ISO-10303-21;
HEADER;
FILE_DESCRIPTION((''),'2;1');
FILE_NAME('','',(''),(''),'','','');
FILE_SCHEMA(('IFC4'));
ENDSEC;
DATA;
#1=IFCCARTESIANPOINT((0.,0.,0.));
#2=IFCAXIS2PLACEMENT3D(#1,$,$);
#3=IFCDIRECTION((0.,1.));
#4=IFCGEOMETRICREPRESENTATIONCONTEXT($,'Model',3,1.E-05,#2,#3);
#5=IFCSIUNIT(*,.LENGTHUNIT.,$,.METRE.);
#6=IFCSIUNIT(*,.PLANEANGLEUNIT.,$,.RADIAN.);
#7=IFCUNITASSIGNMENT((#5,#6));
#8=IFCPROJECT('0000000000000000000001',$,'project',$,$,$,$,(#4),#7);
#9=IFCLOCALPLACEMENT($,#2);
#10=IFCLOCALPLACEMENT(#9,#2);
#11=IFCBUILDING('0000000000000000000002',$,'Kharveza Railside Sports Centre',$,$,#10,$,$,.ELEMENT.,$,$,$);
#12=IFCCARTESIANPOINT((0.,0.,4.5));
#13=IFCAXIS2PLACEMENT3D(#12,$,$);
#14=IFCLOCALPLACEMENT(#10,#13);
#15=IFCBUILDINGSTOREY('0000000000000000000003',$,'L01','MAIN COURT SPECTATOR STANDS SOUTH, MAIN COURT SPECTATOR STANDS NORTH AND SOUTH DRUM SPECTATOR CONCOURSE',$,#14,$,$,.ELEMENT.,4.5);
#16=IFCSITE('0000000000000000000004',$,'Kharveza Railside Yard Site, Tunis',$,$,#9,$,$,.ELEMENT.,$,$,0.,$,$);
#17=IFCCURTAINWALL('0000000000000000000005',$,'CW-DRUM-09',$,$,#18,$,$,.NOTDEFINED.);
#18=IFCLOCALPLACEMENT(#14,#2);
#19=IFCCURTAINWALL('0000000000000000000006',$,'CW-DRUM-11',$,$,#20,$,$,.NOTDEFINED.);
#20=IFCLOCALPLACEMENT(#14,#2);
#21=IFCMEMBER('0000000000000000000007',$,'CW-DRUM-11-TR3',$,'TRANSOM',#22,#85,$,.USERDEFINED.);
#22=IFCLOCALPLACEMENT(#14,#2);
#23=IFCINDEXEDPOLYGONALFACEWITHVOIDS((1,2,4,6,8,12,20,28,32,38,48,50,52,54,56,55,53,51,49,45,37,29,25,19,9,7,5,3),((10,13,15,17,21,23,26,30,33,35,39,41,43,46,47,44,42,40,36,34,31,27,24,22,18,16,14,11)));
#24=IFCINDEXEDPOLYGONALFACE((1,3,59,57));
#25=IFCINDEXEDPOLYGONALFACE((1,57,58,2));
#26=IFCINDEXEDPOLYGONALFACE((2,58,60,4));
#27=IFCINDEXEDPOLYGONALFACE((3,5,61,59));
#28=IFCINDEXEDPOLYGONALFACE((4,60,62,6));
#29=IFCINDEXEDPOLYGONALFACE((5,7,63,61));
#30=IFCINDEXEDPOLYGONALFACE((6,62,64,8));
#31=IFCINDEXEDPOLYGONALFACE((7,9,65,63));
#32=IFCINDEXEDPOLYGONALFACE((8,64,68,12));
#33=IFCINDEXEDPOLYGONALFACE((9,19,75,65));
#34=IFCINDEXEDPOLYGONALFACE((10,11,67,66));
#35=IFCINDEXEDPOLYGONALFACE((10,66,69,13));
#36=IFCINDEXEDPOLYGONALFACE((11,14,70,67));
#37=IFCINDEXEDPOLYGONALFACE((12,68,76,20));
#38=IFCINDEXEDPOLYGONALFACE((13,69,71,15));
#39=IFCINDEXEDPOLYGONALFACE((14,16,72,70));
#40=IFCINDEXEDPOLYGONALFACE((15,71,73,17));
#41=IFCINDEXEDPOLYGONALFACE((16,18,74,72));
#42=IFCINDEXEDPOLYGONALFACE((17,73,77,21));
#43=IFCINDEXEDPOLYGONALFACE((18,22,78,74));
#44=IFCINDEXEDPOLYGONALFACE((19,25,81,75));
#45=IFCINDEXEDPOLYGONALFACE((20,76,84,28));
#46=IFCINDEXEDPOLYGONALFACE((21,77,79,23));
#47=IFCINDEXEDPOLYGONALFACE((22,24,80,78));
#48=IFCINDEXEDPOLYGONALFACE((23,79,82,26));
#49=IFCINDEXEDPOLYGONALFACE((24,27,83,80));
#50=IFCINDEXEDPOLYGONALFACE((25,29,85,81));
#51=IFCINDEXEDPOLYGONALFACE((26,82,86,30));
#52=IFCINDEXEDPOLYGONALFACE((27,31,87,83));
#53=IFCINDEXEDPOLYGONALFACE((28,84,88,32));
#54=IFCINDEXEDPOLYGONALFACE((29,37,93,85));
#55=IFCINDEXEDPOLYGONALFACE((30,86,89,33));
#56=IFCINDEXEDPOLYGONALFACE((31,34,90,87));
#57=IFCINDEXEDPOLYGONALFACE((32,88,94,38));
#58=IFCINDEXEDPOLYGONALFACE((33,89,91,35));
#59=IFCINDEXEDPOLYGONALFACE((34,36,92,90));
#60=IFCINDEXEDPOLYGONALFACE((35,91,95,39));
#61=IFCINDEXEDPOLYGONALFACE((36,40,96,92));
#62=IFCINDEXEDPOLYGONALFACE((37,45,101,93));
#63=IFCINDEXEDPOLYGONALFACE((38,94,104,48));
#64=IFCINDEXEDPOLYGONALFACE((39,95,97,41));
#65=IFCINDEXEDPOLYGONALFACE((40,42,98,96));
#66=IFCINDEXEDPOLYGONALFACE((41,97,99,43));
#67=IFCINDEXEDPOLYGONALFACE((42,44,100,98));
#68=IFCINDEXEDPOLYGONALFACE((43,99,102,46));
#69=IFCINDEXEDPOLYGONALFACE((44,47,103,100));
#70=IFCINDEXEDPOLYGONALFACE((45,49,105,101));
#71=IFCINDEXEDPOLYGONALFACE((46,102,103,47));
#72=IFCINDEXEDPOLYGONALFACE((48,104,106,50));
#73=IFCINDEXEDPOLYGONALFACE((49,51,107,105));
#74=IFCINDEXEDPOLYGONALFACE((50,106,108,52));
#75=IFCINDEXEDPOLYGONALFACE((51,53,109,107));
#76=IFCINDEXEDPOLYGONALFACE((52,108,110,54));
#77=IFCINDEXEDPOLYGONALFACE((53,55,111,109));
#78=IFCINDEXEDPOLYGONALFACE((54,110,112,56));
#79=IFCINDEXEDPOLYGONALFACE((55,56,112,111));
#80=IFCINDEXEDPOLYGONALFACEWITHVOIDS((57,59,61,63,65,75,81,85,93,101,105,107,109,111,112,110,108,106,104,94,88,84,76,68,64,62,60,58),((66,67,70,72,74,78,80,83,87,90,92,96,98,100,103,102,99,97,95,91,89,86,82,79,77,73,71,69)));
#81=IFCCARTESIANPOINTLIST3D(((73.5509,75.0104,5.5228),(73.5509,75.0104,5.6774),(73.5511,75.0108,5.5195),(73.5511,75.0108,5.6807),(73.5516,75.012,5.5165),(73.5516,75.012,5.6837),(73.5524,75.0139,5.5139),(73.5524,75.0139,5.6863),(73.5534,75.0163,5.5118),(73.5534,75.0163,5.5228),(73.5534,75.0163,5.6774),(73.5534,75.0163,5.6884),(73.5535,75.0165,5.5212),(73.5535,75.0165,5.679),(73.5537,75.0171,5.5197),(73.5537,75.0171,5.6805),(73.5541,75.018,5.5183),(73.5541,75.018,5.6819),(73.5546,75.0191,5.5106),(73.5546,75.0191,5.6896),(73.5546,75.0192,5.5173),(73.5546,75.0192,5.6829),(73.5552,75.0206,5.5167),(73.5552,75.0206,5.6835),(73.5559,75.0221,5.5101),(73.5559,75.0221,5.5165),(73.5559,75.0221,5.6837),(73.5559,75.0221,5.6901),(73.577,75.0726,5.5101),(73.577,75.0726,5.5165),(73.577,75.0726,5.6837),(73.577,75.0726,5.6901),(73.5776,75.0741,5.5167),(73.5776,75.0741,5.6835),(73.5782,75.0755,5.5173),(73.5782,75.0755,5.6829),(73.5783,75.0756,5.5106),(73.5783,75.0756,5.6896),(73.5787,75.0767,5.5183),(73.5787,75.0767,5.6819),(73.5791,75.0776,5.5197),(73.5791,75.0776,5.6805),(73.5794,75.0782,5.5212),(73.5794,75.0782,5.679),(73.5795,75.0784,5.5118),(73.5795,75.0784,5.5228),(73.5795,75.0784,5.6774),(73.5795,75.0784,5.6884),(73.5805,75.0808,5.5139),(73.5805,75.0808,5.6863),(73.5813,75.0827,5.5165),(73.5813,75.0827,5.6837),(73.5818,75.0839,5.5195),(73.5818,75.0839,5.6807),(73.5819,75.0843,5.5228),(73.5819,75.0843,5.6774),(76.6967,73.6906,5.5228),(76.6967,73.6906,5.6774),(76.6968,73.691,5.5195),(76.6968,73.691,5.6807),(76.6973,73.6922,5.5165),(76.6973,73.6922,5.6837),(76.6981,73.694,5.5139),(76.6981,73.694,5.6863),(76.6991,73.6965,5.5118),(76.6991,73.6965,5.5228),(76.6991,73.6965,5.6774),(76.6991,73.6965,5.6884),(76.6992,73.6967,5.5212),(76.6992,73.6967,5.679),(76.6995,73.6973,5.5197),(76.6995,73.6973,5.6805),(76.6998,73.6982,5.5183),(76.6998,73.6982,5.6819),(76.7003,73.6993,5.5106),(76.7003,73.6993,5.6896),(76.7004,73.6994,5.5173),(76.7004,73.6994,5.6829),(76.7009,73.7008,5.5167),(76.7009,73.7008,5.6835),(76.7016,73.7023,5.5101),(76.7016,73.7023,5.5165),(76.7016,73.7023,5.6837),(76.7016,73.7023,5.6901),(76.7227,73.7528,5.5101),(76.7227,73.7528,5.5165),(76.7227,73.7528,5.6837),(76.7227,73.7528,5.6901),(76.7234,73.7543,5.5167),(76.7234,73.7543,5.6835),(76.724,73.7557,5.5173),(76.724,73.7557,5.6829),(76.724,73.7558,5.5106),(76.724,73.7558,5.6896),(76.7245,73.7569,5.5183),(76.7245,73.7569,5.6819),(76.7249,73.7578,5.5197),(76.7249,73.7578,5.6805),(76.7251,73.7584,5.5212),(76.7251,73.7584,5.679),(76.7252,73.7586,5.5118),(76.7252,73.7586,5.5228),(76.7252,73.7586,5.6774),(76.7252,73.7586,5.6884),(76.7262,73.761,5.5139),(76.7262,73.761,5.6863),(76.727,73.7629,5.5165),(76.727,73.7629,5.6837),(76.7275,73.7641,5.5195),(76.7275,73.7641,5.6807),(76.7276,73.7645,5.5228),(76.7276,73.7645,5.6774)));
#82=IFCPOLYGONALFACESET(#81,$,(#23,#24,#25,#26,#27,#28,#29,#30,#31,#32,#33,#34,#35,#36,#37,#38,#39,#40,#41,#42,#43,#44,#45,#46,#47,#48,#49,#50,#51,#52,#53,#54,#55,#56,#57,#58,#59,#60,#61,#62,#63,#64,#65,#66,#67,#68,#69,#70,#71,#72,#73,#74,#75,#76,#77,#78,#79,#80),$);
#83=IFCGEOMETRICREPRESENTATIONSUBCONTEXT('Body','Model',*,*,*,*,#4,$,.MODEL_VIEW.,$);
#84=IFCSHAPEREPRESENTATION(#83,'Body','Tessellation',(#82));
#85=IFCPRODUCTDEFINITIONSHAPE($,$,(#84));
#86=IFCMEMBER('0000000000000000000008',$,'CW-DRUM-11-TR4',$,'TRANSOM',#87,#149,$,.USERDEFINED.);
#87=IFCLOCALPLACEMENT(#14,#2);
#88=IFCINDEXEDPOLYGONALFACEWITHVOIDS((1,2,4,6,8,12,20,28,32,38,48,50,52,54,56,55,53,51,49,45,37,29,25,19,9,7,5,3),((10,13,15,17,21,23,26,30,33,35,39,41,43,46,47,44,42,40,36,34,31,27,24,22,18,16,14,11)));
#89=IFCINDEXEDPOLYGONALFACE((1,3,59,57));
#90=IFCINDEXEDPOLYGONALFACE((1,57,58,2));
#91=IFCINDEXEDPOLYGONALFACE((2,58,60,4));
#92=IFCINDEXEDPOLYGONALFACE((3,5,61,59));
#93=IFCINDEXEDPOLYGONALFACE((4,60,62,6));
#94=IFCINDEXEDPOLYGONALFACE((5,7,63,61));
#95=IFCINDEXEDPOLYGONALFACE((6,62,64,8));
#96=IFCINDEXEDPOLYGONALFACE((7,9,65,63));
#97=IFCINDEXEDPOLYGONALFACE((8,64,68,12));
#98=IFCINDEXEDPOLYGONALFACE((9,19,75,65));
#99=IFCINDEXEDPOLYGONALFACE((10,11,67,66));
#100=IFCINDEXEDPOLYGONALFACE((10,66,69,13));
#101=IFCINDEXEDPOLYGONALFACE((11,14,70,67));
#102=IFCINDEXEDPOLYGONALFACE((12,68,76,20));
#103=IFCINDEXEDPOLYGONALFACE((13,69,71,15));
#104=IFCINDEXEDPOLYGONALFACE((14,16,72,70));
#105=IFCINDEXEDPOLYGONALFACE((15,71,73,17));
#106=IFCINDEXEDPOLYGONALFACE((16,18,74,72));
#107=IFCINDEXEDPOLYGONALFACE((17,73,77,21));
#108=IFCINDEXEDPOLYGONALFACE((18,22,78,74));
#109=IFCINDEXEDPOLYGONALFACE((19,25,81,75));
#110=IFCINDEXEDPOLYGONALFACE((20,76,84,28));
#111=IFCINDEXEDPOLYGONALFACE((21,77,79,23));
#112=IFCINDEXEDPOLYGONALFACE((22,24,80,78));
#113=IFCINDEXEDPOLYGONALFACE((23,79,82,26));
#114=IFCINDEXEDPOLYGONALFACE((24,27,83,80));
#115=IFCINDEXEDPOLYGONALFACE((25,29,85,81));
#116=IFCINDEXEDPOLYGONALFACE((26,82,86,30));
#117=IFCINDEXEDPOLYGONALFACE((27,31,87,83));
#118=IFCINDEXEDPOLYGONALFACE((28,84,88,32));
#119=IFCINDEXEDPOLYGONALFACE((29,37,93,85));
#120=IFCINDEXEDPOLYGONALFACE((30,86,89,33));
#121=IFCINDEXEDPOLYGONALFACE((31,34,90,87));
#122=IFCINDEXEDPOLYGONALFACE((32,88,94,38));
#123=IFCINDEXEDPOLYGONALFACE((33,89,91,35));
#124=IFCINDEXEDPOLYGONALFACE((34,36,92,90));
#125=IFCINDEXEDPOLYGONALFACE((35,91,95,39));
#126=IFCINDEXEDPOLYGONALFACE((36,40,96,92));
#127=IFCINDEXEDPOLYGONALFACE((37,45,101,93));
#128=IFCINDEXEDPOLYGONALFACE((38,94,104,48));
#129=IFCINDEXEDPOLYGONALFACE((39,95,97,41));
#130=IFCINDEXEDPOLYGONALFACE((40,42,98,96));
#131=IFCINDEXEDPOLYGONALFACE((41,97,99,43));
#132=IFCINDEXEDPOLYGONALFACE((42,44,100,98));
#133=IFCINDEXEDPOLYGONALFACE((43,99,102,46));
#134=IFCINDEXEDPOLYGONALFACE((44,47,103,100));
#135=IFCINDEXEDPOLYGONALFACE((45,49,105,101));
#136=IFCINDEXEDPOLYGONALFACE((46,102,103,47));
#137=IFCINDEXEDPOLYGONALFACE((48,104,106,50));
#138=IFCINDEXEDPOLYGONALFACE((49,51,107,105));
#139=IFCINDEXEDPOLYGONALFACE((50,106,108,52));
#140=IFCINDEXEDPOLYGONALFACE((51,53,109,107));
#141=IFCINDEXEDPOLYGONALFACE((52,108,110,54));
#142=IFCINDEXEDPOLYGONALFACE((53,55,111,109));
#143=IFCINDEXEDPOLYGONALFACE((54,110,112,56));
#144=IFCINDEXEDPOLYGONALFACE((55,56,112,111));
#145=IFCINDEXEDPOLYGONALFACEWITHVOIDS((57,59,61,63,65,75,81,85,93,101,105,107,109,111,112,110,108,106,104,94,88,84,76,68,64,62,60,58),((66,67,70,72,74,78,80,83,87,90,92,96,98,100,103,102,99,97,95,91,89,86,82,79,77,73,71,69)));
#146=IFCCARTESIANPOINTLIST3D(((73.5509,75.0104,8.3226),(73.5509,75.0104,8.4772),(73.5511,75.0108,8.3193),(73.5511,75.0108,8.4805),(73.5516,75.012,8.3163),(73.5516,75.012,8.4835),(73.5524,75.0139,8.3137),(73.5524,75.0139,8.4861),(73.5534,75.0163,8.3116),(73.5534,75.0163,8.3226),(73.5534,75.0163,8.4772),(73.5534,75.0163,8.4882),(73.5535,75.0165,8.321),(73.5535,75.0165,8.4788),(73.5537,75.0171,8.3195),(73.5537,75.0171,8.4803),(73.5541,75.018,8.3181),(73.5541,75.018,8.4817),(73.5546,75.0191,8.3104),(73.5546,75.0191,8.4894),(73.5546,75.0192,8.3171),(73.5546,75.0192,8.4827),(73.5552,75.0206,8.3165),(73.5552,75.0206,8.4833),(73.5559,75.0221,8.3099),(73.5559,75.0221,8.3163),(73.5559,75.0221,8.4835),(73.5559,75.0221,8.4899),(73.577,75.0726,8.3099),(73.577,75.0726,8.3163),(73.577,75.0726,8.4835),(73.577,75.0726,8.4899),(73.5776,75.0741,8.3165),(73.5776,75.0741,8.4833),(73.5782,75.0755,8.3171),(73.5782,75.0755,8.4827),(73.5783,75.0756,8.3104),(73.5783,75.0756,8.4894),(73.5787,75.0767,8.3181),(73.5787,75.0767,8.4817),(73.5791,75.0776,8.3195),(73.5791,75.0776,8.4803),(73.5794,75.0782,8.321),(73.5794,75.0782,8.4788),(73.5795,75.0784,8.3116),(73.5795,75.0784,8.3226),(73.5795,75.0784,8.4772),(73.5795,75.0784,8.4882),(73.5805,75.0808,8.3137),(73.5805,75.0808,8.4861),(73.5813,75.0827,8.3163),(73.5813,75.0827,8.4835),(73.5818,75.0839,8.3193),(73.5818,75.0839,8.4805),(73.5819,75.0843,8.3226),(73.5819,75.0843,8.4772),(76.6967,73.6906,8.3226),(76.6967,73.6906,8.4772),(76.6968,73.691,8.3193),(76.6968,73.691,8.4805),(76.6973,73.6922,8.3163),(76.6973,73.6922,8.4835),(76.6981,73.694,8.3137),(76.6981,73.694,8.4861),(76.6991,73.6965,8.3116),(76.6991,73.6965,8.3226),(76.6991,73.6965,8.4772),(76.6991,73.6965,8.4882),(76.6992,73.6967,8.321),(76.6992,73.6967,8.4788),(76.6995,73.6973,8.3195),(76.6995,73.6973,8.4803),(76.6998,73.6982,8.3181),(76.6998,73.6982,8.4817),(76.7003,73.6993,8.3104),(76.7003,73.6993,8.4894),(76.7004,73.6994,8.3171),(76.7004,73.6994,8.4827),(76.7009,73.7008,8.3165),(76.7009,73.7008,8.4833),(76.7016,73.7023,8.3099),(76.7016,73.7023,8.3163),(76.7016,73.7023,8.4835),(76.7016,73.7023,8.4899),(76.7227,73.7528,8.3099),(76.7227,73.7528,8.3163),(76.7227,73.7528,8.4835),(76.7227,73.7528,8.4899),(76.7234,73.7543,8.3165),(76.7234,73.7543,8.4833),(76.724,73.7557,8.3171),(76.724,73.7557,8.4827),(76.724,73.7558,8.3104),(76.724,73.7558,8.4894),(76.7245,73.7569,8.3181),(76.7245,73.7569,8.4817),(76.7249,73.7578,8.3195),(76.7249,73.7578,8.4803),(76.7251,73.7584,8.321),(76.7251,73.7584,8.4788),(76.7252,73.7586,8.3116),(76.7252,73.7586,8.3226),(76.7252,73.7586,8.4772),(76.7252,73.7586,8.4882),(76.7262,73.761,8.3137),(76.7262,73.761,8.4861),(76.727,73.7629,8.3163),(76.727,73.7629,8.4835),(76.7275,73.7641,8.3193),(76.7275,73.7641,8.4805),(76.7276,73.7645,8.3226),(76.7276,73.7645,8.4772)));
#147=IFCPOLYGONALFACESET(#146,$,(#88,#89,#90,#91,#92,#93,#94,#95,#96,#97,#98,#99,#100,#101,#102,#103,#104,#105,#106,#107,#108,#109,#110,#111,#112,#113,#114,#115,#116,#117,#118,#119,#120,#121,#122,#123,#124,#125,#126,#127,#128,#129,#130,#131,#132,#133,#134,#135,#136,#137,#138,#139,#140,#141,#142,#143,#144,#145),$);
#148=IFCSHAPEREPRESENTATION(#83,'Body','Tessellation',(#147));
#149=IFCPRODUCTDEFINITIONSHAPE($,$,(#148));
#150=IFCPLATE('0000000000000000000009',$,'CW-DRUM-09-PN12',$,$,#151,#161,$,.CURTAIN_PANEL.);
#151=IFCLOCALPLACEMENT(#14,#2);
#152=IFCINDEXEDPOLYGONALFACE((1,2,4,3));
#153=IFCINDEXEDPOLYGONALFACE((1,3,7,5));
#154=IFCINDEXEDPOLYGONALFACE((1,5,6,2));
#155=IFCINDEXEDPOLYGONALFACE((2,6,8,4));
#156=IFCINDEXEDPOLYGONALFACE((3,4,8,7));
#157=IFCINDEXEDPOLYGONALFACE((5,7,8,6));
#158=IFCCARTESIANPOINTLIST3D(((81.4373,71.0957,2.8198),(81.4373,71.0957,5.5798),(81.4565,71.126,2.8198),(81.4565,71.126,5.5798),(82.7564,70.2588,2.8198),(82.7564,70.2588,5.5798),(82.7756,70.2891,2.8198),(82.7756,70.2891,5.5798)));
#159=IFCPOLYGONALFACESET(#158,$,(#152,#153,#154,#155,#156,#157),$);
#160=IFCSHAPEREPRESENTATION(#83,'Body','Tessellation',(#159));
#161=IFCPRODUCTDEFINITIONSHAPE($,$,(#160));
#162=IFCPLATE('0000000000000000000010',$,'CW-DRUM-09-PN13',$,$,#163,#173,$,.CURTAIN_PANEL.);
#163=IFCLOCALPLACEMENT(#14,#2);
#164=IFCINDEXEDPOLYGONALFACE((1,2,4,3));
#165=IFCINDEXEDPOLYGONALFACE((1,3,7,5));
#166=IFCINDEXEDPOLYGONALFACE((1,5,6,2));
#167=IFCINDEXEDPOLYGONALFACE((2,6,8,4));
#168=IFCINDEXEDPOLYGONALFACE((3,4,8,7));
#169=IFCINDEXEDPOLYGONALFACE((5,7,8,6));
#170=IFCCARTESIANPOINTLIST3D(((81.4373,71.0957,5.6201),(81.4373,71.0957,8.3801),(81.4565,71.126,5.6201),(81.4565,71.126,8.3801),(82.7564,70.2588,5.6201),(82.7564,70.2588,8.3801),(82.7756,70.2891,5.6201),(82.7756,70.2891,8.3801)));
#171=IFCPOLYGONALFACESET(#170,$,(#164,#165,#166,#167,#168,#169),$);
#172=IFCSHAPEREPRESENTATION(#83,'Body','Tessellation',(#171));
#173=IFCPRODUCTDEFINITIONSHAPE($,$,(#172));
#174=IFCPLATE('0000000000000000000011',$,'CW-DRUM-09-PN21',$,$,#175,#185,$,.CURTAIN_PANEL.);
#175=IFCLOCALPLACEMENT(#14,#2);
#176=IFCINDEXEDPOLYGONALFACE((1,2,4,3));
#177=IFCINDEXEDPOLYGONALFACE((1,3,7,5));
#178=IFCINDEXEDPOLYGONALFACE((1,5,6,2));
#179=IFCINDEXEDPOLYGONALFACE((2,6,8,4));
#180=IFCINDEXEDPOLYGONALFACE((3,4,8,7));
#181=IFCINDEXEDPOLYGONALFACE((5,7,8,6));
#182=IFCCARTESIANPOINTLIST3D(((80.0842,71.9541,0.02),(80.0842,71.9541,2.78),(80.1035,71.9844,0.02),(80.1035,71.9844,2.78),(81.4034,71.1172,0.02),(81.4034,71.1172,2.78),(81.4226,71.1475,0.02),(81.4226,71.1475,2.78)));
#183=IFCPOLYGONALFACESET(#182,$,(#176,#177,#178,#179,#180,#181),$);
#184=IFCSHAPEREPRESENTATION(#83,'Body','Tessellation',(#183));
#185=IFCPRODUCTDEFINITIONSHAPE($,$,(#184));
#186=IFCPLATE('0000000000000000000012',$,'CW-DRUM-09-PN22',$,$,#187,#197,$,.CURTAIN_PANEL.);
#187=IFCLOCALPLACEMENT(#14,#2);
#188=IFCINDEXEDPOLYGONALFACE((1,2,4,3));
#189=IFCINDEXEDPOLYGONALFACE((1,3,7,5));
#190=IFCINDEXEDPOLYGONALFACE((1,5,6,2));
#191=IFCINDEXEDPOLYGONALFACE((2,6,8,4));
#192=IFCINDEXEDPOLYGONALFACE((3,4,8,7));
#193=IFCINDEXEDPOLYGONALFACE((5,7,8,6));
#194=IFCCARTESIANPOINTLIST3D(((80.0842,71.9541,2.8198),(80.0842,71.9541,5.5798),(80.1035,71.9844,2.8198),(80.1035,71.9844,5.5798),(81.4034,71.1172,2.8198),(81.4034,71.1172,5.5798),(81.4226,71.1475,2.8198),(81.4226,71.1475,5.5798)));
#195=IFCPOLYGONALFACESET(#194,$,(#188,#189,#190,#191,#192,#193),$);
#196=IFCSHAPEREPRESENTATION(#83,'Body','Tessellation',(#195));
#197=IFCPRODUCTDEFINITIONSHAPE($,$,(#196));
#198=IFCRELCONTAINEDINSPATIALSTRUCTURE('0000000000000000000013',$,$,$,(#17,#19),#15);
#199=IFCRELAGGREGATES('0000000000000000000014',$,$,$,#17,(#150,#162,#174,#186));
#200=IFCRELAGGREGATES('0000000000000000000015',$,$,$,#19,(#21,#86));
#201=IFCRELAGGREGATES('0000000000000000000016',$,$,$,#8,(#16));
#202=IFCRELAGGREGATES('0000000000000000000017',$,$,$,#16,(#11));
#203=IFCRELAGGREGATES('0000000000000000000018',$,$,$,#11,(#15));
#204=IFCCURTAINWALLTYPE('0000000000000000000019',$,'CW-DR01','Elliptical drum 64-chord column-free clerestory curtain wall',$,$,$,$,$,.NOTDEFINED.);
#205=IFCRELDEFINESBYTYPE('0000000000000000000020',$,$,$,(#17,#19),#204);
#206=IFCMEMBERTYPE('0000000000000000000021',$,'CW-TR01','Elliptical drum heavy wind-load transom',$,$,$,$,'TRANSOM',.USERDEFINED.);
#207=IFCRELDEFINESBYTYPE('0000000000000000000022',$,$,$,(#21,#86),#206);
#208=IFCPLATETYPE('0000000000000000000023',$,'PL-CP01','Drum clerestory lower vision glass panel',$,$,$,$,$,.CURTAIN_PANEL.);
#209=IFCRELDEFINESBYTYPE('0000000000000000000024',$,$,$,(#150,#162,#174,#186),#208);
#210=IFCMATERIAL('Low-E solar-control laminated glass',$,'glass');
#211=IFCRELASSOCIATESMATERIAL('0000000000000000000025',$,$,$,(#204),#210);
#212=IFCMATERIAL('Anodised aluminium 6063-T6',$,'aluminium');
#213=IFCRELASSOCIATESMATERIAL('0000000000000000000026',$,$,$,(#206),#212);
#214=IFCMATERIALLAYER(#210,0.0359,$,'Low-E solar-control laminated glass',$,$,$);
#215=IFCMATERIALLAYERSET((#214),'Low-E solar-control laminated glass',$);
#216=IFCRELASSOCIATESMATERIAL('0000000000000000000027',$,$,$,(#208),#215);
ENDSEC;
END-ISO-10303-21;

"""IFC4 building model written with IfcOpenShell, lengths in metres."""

from ifc_helpers import new_model, si_unit, direction, frame, origin, origin_2d, place, context, subcontext, project, spatial, rectangle, hollow_rectangle, extrude, material, layer, layer_set, material_profile, profile_set, type_object, element, aggregate, save


model = new_model("IFC4")

# Units and contexts
model_context = context("Model", 3, precision=1e-05, world=origin(), true_north=direction((0.0, 1.0)))
body_context = subcontext(model_context, "Body", "Model", "MODEL_VIEW")
ifc_project = project(units=[si_unit("LENGTHUNIT", "METRE"), si_unit("PLANEANGLEUNIT", "RADIAN")], contexts=[model_context])

# Site, building, storey
site_placement = place(None, origin())
site = spatial("IfcSite", under=ifc_project, at=site_placement, Name="Kharveza Railside Yard Site, Tunis", CompositionType="ELEMENT", RefElevation=0.0)
building_placement = place(site_placement, origin())
building = spatial("IfcBuilding", under=site, at=building_placement, Name="Kharveza Railside Sports Centre", CompositionType="ELEMENT")
storey_placement = place(building_placement, frame((0.0, 0.0, 4.5)))
storey = spatial("IfcBuildingStorey", under=building, at=storey_placement, Name="L01", Description="MAIN COURT SPECTATOR STANDS SOUTH, MAIN COURT SPECTATOR STANDS NORTH AND SOUTH DRUM SPECTATOR CONCOURSE", CompositionType="ELEMENT", Elevation=4.5)

# Curtain wall
ifc_material_1 = material(Name="Low-E solar-control laminated glass", Category="glass")
curtain_wall_type = type_object("IfcCurtainWallType", Name="CW-DR01", Description="Elliptical drum 64-chord column-free clerestory curtain wall", PredefinedType="NOTDEFINED", material=ifc_material_1)
curtain_wall_1_placement = place(storey_placement, origin())
curtain_wall_1 = element("IfcCurtainWall", 1, at=curtain_wall_1_placement, inside=storey, type_object=curtain_wall_type, Name="CW-DRUM-09", PredefinedType="NOTDEFINED")
ifc_material_2 = material(Name="Anodised aluminium 6063-T6", Category="aluminium")

# Curtain wall
curtain_wall_2_placement = place(storey_placement, origin())
curtain_wall_2 = element("IfcCurtainWall", 2, at=curtain_wall_2_placement, inside=storey, type_object=curtain_wall_type, Name="CW-DRUM-11", PredefinedType="NOTDEFINED")

# Members
ifc_material_profile_1 = material_profile(ifc_material_2, hollow_rectangle(XDim=0.0801, YDim=0.1799, WallThickness=0.0063, InnerFilletRadius=0.0063, OuterFilletRadius=0.0127, at=origin_2d()), Name="RHS 80x180x6.3")
ifc_profile_set_1 = profile_set([ifc_material_profile_1], Name="Anodised aluminium 6063-T6")
member_type_1 = type_object("IfcMemberType", Name="CW-TR01", Description="Elliptical drum heavy wind-load transom", ElementType="TRANSOM", PredefinedType="USERDEFINED", material=ifc_profile_set_1)
member_1_placement = place(storey_placement, frame((76.7122, 73.7275, 5.6001), z_axis=(-0.922128, 0.386886, 0.0), x_axis=(-0.386886, -0.922128, 0.0)))
member_1 = element("IfcMember", 3, at=member_1_placement, type_object=member_type_1, Name="CW-DRUM-11-TR3", ObjectType="TRANSOM", PredefinedType="USERDEFINED", context=body_context, shape_type="SweptSolid", body=[
    extrude(hollow_rectangle(XDim=0.0801, YDim=0.1799, WallThickness=0.0063, InnerFilletRadius=0.0063, OuterFilletRadius=0.0127, at=origin_2d()), origin(), (0.0, 0.0, 1.0), 3.4114),
])
member_2_placement = place(storey_placement, frame((76.7122, 73.7275, 8.3999), z_axis=(-0.922128, 0.386886, 0.0), x_axis=(-0.386886, -0.922128, 0.0)))
member_2 = element("IfcMember", 4, at=member_2_placement, type_object=member_type_1, Name="CW-DRUM-11-TR4", ObjectType="TRANSOM", PredefinedType="USERDEFINED", context=body_context, shape_type="SweptSolid", body=[
    extrude(hollow_rectangle(XDim=0.0801, YDim=0.1799, WallThickness=0.0063, InnerFilletRadius=0.0063, OuterFilletRadius=0.0127, at=origin_2d()), origin(), (0.0, 0.0, 1.0), 3.4114),
])

# Plates
ifc_layer = layer(ifc_material_1, 0.0359, Name="Low-E solar-control laminated glass")
ifc_layer_set = layer_set([ifc_layer], Name="Low-E solar-control laminated glass")
plate_type = type_object("IfcPlateType", Name="PL-CP01", Description="Drum clerestory lower vision glass panel", PredefinedType="CURTAIN_PANEL", material=ifc_layer_set)
plate_1_placement = place(storey_placement, frame((82.1064, 70.6924, 2.8198), z_axis=(0.0, 0.0, 1.0), x_axis=(-0.844393, 0.535724, 0.0)))
plate_1 = element("IfcPlate", 5, at=plate_1_placement, type_object=plate_type, Name="CW-DRUM-09-PN12", PredefinedType="CURTAIN_PANEL", context=body_context, shape_type="SweptSolid", body=[
    extrude(rectangle(XDim=1.5623, YDim=0.0359, at=origin_2d()), origin(), (0.0, 0.0, 1.0), 2.76),
])
plate_2_placement = place(storey_placement, frame((82.1064, 70.6924, 5.6201), z_axis=(0.0, 0.0, 1.0), x_axis=(-0.844393, 0.535724, 0.0)))
plate_2 = element("IfcPlate", 6, at=plate_2_placement, type_object=plate_type, Name="CW-DRUM-09-PN13", PredefinedType="CURTAIN_PANEL", context=body_context, shape_type="SweptSolid", body=[
    extrude(rectangle(XDim=1.5623, YDim=0.0359, at=origin_2d()), origin(), (0.0, 0.0, 1.0), 2.76),
])
plate_3_placement = place(storey_placement, frame((80.7534, 71.5508, 0.02), z_axis=(0.0, 0.0, 1.0), x_axis=(-0.844393, 0.535724, 0.0)))
plate_3 = element("IfcPlate", 7, at=plate_3_placement, type_object=plate_type, Name="CW-DRUM-09-PN21", PredefinedType="CURTAIN_PANEL", context=body_context, shape_type="SweptSolid", body=[
    extrude(rectangle(XDim=1.5623, YDim=0.0359, at=origin_2d()), origin(), (0.0, 0.0, 1.0), 2.76),
])
plate_4_placement = place(storey_placement, frame((80.7534, 71.5508, 2.8198), z_axis=(0.0, 0.0, 1.0), x_axis=(-0.844393, 0.535724, 0.0)))
plate_4 = element("IfcPlate", 8, at=plate_4_placement, type_object=plate_type, Name="CW-DRUM-09-PN22", PredefinedType="CURTAIN_PANEL", context=body_context, shape_type="SweptSolid", body=[
    extrude(rectangle(XDim=1.5623, YDim=0.0359, at=origin_2d()), origin(), (0.0, 0.0, 1.0), 2.76),
])
aggregate(curtain_wall_1, [plate_1, plate_2, plate_3, plate_4])
aggregate(curtain_wall_2, [member_1, member_2])

save(model, "model.ifc")
